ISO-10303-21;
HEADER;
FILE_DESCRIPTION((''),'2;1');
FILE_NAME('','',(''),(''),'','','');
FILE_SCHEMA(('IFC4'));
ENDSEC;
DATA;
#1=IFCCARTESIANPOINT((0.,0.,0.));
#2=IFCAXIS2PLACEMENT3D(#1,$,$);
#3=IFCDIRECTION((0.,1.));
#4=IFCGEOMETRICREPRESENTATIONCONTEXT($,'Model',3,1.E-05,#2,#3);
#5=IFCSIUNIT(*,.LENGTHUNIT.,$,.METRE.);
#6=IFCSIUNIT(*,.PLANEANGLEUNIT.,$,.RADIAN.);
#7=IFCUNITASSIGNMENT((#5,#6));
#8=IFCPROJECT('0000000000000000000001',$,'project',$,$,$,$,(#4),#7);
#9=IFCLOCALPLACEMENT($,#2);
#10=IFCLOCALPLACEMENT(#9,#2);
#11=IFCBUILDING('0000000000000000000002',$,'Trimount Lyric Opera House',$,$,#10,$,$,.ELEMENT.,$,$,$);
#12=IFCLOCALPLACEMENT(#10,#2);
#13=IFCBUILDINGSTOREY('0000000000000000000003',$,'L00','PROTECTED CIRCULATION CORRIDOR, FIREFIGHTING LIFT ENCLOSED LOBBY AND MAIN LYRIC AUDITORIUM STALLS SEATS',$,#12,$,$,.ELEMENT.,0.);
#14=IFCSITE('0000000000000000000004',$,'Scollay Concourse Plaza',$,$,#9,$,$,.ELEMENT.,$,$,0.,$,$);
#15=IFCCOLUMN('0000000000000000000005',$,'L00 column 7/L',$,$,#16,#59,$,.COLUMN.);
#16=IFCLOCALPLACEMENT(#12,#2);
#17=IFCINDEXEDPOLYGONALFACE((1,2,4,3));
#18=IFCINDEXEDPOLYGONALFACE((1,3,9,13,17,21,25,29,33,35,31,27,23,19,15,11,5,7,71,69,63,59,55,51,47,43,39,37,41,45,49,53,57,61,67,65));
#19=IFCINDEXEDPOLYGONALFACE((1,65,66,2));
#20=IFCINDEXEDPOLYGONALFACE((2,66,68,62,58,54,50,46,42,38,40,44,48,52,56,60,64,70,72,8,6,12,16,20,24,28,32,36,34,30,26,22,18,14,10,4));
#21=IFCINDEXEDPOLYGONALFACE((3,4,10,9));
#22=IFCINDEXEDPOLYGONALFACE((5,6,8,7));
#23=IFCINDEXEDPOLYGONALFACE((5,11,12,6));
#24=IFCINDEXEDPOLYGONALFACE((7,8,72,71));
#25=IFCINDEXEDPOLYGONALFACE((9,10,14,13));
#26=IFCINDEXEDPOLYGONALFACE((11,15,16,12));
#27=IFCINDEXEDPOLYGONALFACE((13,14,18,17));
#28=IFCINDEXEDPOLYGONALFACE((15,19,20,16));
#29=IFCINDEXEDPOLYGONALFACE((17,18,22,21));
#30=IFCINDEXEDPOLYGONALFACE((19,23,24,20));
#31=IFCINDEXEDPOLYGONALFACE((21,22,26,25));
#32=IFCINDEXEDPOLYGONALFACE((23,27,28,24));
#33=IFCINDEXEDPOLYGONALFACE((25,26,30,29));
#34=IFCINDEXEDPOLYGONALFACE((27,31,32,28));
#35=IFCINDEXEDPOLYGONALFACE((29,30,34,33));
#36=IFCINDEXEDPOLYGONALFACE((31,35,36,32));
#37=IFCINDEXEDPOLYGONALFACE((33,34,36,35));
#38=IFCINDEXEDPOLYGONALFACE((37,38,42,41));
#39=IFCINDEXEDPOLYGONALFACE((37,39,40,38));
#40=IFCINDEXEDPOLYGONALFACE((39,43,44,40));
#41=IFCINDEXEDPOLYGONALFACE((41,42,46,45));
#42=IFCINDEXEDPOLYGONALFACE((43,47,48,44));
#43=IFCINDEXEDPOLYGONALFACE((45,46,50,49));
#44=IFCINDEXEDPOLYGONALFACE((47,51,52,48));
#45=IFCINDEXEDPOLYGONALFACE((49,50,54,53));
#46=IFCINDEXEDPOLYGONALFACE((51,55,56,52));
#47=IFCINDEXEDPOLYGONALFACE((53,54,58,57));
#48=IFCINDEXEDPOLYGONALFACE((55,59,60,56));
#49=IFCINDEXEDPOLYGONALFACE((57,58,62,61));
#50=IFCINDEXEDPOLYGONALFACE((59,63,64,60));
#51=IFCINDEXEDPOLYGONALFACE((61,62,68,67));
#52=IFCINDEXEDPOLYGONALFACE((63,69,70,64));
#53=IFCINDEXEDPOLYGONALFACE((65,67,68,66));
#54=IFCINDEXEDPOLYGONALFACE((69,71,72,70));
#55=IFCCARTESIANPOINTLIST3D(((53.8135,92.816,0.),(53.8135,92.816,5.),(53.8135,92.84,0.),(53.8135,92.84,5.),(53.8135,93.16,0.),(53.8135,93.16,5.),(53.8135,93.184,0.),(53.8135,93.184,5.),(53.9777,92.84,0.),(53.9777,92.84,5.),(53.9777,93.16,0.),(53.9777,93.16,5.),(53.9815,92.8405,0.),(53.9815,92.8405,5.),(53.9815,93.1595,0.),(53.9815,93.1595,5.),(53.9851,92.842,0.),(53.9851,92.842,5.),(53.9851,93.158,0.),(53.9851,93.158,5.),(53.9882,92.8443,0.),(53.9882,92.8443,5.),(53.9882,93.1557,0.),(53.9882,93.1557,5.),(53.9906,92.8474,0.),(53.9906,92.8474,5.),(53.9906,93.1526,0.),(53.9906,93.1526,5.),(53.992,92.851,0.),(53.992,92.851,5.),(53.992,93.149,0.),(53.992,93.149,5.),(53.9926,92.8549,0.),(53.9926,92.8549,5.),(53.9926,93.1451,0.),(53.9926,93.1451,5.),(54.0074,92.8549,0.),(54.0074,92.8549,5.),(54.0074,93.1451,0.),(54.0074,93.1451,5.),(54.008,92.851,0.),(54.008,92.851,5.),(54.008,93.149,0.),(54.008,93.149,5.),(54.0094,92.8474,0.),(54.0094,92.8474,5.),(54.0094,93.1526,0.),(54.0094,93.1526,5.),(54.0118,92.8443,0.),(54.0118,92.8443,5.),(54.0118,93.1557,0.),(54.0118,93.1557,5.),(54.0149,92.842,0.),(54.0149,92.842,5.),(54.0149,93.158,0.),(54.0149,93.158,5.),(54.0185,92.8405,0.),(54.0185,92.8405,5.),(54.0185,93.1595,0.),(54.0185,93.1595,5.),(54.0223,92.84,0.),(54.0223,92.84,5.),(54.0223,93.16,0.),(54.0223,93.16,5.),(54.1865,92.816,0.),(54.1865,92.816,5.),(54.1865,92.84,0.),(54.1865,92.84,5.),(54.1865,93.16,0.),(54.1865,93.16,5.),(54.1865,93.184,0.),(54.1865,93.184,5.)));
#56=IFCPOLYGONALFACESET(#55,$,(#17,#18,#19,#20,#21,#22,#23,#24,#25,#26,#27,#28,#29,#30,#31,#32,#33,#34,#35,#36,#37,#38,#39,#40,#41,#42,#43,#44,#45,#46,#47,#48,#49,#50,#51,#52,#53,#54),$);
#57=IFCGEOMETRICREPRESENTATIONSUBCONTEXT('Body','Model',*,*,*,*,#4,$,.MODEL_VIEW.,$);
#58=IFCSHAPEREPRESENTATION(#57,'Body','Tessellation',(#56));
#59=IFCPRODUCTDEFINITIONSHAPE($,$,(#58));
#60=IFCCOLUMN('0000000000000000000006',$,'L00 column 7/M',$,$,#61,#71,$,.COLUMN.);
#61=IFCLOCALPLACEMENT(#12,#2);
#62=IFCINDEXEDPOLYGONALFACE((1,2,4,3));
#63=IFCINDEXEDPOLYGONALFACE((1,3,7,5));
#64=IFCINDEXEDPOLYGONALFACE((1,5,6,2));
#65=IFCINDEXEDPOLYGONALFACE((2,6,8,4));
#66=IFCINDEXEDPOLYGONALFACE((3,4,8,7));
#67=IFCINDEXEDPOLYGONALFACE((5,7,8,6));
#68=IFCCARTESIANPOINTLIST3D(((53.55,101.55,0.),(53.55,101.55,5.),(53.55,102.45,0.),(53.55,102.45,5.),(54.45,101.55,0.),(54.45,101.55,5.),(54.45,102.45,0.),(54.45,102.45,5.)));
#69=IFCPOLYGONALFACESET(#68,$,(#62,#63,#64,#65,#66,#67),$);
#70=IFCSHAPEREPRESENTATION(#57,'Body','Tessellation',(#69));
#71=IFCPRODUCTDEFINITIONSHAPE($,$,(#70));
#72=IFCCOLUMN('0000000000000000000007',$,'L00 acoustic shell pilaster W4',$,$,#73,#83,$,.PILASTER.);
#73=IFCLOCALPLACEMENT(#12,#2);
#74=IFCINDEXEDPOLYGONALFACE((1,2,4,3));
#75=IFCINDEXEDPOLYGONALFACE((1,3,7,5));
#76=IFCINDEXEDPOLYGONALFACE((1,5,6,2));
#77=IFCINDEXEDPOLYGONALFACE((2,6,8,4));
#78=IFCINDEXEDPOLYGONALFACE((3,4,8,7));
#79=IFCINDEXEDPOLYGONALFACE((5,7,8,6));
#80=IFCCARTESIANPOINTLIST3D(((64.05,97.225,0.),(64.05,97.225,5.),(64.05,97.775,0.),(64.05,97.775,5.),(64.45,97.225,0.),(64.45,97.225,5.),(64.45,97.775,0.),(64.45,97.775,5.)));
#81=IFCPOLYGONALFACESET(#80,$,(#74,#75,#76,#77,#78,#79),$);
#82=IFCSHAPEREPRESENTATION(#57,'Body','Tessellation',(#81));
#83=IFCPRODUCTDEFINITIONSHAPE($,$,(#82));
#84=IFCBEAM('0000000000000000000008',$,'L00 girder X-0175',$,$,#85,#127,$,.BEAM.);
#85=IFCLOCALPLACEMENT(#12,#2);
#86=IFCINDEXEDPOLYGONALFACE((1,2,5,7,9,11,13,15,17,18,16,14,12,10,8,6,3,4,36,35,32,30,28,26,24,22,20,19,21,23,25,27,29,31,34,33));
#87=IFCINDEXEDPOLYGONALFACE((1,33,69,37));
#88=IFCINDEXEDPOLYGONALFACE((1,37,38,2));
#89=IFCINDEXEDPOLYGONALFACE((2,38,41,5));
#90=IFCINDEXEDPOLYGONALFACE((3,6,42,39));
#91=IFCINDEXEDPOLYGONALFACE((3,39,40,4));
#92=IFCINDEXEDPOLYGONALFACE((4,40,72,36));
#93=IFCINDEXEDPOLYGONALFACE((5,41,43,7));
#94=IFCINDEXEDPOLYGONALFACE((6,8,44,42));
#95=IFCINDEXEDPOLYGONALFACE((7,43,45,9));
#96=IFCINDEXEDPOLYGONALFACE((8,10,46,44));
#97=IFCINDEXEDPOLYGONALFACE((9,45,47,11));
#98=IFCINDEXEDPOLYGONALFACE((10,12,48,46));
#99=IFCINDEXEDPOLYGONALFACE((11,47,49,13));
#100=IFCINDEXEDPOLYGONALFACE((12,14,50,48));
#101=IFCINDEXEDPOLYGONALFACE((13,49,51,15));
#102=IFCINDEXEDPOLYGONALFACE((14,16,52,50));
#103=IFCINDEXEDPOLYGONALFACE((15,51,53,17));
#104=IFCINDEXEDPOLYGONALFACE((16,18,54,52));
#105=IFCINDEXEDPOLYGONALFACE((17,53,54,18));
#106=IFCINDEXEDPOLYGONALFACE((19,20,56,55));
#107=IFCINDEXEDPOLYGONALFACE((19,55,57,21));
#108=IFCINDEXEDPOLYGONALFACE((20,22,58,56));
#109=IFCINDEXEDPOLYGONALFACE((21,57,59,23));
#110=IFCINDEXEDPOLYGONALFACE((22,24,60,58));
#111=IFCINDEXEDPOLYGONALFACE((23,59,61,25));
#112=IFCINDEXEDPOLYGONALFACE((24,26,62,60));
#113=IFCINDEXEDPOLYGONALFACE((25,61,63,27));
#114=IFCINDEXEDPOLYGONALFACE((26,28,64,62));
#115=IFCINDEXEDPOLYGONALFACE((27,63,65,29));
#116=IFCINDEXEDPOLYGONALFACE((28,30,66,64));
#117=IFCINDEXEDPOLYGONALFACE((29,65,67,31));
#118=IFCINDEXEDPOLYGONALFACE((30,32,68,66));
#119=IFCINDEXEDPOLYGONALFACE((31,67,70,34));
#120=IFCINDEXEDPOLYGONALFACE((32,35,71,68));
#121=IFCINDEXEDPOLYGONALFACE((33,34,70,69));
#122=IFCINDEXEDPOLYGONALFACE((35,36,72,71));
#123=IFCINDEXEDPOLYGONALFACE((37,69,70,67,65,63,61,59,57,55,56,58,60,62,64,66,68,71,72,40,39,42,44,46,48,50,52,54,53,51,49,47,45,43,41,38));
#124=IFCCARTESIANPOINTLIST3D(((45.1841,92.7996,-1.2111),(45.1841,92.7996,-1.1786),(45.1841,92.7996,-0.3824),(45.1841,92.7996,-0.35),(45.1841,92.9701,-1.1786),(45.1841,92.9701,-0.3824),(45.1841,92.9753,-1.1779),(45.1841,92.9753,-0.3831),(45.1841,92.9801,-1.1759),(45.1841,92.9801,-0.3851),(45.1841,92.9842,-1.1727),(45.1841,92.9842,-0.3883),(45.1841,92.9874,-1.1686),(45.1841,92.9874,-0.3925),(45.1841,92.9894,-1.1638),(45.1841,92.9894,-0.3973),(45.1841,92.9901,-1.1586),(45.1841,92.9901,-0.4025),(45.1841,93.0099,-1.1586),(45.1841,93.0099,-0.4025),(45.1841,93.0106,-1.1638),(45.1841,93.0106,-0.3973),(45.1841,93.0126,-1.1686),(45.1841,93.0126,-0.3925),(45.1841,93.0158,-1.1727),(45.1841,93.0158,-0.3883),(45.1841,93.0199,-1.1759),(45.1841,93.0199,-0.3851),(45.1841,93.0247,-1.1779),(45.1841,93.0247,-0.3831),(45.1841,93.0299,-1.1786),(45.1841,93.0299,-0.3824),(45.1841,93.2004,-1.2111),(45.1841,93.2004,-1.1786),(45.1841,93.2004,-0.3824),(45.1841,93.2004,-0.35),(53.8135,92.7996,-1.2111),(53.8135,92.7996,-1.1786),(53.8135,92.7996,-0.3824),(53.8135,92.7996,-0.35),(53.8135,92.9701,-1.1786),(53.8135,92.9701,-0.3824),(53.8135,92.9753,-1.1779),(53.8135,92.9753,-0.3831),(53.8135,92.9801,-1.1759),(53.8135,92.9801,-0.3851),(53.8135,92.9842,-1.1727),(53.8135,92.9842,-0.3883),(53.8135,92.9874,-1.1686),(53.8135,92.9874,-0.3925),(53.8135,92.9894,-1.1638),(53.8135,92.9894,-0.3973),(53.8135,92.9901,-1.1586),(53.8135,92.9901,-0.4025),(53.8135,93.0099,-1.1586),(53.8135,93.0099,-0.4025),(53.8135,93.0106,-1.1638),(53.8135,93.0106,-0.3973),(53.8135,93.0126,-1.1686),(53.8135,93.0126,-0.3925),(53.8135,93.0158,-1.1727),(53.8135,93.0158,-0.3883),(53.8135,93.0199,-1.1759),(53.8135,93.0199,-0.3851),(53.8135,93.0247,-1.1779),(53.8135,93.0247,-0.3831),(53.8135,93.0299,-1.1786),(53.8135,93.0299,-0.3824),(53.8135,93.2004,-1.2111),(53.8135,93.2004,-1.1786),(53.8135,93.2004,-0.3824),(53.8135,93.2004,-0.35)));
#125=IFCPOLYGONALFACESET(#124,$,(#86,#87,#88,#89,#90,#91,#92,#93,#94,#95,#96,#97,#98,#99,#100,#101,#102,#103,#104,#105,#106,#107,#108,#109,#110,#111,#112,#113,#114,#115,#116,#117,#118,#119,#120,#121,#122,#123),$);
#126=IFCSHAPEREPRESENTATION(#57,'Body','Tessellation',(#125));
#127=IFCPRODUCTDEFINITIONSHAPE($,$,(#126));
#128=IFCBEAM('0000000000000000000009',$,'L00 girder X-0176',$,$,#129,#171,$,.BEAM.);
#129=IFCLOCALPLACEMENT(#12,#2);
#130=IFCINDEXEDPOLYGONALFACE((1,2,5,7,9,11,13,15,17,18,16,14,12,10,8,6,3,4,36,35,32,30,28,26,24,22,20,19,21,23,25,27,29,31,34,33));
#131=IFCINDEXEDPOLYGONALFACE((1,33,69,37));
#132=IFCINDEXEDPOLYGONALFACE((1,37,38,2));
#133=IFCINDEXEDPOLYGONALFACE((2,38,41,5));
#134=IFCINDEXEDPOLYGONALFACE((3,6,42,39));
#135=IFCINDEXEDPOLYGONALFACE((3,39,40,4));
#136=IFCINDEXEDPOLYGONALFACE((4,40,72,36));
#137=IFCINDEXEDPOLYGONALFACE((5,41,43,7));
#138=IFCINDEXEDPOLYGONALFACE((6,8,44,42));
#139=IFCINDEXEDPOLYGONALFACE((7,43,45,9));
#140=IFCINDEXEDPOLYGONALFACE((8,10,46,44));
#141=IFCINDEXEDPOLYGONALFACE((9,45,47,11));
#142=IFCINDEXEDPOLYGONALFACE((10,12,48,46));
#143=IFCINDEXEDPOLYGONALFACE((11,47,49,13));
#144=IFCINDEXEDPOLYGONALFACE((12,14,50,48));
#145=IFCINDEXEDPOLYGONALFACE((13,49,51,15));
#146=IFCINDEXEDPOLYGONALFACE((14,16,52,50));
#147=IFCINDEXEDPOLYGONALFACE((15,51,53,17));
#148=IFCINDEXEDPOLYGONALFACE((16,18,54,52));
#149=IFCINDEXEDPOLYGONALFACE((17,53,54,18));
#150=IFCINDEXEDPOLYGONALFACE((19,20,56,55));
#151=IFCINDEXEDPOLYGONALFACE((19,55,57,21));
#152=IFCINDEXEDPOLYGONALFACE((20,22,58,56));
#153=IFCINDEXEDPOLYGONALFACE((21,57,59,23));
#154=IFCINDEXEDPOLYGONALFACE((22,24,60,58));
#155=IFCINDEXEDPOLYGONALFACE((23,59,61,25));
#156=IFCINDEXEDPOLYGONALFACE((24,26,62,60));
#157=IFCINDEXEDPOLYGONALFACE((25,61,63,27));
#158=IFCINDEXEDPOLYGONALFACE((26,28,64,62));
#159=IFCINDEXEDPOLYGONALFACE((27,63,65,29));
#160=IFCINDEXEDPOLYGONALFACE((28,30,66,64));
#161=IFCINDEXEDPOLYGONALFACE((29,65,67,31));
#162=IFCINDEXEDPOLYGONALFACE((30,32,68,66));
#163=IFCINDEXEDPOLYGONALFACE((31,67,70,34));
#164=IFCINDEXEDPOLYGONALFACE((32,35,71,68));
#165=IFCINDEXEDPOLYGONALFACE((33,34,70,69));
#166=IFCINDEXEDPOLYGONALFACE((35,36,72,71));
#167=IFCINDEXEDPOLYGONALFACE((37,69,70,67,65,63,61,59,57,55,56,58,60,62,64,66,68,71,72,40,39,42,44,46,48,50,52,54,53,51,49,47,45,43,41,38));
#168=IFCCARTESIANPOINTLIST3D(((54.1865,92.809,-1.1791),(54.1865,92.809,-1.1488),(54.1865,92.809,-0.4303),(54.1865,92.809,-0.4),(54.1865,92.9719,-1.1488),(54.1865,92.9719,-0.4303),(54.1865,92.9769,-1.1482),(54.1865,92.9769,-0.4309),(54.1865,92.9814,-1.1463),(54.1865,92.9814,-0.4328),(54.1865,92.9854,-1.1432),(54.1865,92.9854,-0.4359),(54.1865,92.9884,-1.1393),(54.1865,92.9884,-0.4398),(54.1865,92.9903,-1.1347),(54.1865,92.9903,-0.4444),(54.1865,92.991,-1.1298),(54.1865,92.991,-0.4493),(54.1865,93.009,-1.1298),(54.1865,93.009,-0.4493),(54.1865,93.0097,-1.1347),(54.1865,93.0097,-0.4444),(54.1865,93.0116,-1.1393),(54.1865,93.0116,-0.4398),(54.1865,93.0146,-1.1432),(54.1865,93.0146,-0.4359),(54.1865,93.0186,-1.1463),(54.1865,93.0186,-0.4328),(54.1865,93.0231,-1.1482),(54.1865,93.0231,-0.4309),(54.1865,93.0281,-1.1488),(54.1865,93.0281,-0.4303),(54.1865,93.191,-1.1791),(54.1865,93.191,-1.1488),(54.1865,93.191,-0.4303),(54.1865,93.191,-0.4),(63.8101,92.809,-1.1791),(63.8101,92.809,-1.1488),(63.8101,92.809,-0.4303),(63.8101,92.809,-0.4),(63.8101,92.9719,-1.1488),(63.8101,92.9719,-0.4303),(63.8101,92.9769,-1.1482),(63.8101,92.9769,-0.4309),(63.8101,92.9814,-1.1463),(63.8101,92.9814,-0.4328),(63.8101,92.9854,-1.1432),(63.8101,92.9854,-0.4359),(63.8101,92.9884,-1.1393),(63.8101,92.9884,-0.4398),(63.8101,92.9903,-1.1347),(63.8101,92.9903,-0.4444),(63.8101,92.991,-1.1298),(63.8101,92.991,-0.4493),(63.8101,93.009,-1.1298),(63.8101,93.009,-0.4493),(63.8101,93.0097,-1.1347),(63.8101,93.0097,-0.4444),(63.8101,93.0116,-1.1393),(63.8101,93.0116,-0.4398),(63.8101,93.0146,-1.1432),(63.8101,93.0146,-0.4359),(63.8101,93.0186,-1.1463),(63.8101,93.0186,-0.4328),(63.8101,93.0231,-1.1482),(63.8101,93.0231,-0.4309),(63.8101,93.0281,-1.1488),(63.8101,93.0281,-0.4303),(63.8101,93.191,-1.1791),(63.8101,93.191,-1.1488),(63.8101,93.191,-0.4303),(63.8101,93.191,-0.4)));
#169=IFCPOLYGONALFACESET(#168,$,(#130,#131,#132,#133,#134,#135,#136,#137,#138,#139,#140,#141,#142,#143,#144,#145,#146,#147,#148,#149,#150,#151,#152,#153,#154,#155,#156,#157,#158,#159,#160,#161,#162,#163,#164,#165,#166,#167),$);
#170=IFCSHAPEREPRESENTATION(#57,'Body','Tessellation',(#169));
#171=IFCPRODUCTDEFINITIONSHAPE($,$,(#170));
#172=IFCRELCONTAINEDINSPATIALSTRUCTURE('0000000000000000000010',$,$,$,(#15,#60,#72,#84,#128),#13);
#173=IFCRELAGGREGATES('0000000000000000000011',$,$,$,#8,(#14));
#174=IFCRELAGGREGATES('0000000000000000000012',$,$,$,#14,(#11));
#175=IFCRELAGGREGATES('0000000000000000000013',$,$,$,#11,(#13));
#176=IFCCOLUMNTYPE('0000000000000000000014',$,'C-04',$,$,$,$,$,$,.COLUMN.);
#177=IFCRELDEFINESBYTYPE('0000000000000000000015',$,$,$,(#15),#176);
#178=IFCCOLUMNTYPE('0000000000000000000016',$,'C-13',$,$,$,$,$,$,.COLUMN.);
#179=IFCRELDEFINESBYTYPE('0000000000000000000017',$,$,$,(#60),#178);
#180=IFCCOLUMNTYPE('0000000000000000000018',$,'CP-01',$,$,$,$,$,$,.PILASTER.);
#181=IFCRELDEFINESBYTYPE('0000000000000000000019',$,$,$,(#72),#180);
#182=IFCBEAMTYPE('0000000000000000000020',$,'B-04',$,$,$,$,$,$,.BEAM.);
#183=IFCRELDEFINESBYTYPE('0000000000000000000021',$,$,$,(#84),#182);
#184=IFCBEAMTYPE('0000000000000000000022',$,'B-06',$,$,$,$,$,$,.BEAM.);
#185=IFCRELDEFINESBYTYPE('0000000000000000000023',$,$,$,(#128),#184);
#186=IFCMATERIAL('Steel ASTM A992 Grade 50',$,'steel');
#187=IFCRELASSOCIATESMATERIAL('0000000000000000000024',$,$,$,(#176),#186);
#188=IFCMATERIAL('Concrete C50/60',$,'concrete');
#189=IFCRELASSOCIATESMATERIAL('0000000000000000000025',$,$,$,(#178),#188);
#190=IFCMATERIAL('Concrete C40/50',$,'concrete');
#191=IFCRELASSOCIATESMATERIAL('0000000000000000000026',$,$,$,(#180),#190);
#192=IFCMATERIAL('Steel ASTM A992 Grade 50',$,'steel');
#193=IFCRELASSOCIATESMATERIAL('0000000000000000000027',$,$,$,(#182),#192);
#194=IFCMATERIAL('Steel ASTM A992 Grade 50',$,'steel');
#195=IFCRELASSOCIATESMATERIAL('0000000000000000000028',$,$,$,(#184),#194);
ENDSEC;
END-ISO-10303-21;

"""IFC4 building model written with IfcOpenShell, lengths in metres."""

from ifc_helpers import new_model, si_unit, direction, frame, origin, origin_2d, place, context, subcontext, project, spatial, rectangle, i_section, extrude, material, material_profile, profile_set, type_object, element, save


model = new_model("IFC4")

# Units and contexts
model_context = context("Model", 3, precision=1e-05, world=origin(), true_north=direction((0.0, 1.0)))
body_context = subcontext(model_context, "Body", "Model", "MODEL_VIEW")
ifc_project = project(units=[si_unit("LENGTHUNIT", "METRE"), si_unit("PLANEANGLEUNIT", "RADIAN")], contexts=[model_context])

# Site, building, storey
site_placement = place(None, origin())
site = spatial("IfcSite", under=ifc_project, at=site_placement, Name="Scollay Concourse Plaza", CompositionType="ELEMENT", RefElevation=0.0)
building_placement = place(site_placement, origin())
building = spatial("IfcBuilding", under=site, at=building_placement, Name="Trimount Lyric Opera House", CompositionType="ELEMENT")
storey_placement = place(building_placement, origin())
storey = spatial("IfcBuildingStorey", under=building, at=storey_placement, Name="L00", Description="PROTECTED CIRCULATION CORRIDOR, FIREFIGHTING LIFT ENCLOSED LOBBY AND MAIN LYRIC AUDITORIUM STALLS SEATS", CompositionType="ELEMENT", Elevation=0.0)

# Columns
ifc_material_1 = material(Name="Steel ASTM A992 Grade 50", Category="steel")
ifc_material_profile_1 = material_profile(ifc_material_1, i_section(OverallWidth=0.373, OverallDepth=0.3679, WebThickness=0.0149, FlangeThickness=0.0239, FilletRadius=0.0149, at=origin_2d()), Name="W14X120")
ifc_profile_set_1 = profile_set([ifc_material_profile_1], Name="Steel ASTM A992 Grade 50")
column_type_1 = type_object("IfcColumnType", Name="C-04", PredefinedType="COLUMN", material=ifc_profile_set_1)
column_1_placement = place(storey_placement, frame((54.0, 93.0, 0.0), z_axis=(0.0, 0.0, 1.0), x_axis=(1.0, 0.0, 0.0)))
element("IfcColumn", 1, at=column_1_placement, inside=storey, type_object=column_type_1, Name="L00 column 7/L", PredefinedType="COLUMN", context=body_context, shape_type="SweptSolid", body=[
    extrude(i_section(OverallWidth=0.373, OverallDepth=0.3679, WebThickness=0.0149, FlangeThickness=0.0239, FilletRadius=0.0149, at=origin_2d()), origin(), (0.0, 0.0, 1.0), 5.0),
])
ifc_material_2 = material(Name="Concrete C50/60", Category="concrete")
ifc_material_profile_2 = material_profile(ifc_material_2, rectangle(XDim=0.8999, YDim=0.8999, at=origin_2d()), Name="RC900X900")
ifc_profile_set_2 = profile_set([ifc_material_profile_2], Name="Concrete C50/60")
column_type_2 = type_object("IfcColumnType", Name="C-13", PredefinedType="COLUMN", material=ifc_profile_set_2)
column_2_placement = place(storey_placement, frame((54.0, 102.0, 0.0), z_axis=(0.0, 0.0, 1.0), x_axis=(1.0, 0.0, 0.0)))
element("IfcColumn", 2, at=column_2_placement, inside=storey, type_object=column_type_2, Name="L00 column 7/M", PredefinedType="COLUMN", context=body_context, shape_type="SweptSolid", body=[
    extrude(rectangle(XDim=0.8999, YDim=0.8999, at=origin_2d()), origin(), (0.0, 0.0, 1.0), 5.0),
])
ifc_material_3 = material(Name="Concrete C40/50", Category="concrete")
ifc_material_profile_3 = material_profile(ifc_material_3, rectangle(XDim=0.3999, YDim=0.55, at=origin_2d()), Name="RC550X400")
ifc_profile_set_3 = profile_set([ifc_material_profile_3], Name="Concrete C40/50")
column_type_3 = type_object("IfcColumnType", Name="CP-01", PredefinedType="PILASTER", material=ifc_profile_set_3)
column_3_placement = place(storey_placement, frame((64.25, 97.5, 0.0), z_axis=(0.0, 0.0, 1.0), x_axis=(1.0, 0.0, 0.0)))
element("IfcColumn", 3, at=column_3_placement, inside=storey, type_object=column_type_3, Name="L00 acoustic shell pilaster W4", PredefinedType="PILASTER", context=body_context, shape_type="SweptSolid", body=[
    extrude(rectangle(XDim=0.3999, YDim=0.55, at=origin_2d()), origin(), (0.0, 0.0, 1.0), 5.0),
])

# Beams
ifc_material_4 = material(Name="Steel ASTM A992 Grade 50", Category="steel")
ifc_material_profile_4 = material_profile(ifc_material_4, i_section(OverallWidth=0.4009, OverallDepth=0.8611, WebThickness=0.0198, FlangeThickness=0.0325, FilletRadius=0.02, at=origin_2d()), Name="W33X221")
ifc_profile_set_4 = profile_set([ifc_material_profile_4], Name="Steel ASTM A992 Grade 50")
beam_type_1 = type_object("IfcBeamType", Name="B-04", PredefinedType="BEAM", material=ifc_profile_set_4)
beam_1_placement = place(storey_placement, frame((45.1841, 93.0, -0.7805), z_axis=(1.0, 0.0, 0.0), x_axis=(0.0, 1.0, 0.0)))
element("IfcBeam", 4, at=beam_1_placement, inside=storey, type_object=beam_type_1, Name="L00 girder X-0175", PredefinedType="BEAM", context=body_context, shape_type="SweptSolid", body=[
    extrude(i_section(OverallWidth=0.4009, OverallDepth=0.8611, WebThickness=0.0198, FlangeThickness=0.0325, FilletRadius=0.02, at=origin_2d()), origin(), (0.0, 0.0, 1.0), 8.6294),
])
ifc_material_5 = material(Name="Steel ASTM A992 Grade 50", Category="steel")
ifc_material_profile_5 = material_profile(ifc_material_5, i_section(OverallWidth=0.3821, OverallDepth=0.7791, WebThickness=0.0181, FlangeThickness=0.0303, FilletRadius=0.019, at=origin_2d()), Name="W30X191")
ifc_profile_set_5 = profile_set([ifc_material_profile_5], Name="Steel ASTM A992 Grade 50")
beam_type_2 = type_object("IfcBeamType", Name="B-06", PredefinedType="BEAM", material=ifc_profile_set_5)
beam_2_placement = place(storey_placement, frame((54.1865, 93.0, -0.7896), z_axis=(1.0, 0.0, 0.0), x_axis=(0.0, 1.0, 0.0)))
element("IfcBeam", 5, at=beam_2_placement, inside=storey, type_object=beam_type_2, Name="L00 girder X-0176", PredefinedType="BEAM", context=body_context, shape_type="SweptSolid", body=[
    extrude(i_section(OverallWidth=0.3821, OverallDepth=0.7791, WebThickness=0.0181, FlangeThickness=0.0303, FilletRadius=0.019, at=origin_2d()), origin(), (0.0, 0.0, 1.0), 9.6235),
])

save(model, "model.ifc")
